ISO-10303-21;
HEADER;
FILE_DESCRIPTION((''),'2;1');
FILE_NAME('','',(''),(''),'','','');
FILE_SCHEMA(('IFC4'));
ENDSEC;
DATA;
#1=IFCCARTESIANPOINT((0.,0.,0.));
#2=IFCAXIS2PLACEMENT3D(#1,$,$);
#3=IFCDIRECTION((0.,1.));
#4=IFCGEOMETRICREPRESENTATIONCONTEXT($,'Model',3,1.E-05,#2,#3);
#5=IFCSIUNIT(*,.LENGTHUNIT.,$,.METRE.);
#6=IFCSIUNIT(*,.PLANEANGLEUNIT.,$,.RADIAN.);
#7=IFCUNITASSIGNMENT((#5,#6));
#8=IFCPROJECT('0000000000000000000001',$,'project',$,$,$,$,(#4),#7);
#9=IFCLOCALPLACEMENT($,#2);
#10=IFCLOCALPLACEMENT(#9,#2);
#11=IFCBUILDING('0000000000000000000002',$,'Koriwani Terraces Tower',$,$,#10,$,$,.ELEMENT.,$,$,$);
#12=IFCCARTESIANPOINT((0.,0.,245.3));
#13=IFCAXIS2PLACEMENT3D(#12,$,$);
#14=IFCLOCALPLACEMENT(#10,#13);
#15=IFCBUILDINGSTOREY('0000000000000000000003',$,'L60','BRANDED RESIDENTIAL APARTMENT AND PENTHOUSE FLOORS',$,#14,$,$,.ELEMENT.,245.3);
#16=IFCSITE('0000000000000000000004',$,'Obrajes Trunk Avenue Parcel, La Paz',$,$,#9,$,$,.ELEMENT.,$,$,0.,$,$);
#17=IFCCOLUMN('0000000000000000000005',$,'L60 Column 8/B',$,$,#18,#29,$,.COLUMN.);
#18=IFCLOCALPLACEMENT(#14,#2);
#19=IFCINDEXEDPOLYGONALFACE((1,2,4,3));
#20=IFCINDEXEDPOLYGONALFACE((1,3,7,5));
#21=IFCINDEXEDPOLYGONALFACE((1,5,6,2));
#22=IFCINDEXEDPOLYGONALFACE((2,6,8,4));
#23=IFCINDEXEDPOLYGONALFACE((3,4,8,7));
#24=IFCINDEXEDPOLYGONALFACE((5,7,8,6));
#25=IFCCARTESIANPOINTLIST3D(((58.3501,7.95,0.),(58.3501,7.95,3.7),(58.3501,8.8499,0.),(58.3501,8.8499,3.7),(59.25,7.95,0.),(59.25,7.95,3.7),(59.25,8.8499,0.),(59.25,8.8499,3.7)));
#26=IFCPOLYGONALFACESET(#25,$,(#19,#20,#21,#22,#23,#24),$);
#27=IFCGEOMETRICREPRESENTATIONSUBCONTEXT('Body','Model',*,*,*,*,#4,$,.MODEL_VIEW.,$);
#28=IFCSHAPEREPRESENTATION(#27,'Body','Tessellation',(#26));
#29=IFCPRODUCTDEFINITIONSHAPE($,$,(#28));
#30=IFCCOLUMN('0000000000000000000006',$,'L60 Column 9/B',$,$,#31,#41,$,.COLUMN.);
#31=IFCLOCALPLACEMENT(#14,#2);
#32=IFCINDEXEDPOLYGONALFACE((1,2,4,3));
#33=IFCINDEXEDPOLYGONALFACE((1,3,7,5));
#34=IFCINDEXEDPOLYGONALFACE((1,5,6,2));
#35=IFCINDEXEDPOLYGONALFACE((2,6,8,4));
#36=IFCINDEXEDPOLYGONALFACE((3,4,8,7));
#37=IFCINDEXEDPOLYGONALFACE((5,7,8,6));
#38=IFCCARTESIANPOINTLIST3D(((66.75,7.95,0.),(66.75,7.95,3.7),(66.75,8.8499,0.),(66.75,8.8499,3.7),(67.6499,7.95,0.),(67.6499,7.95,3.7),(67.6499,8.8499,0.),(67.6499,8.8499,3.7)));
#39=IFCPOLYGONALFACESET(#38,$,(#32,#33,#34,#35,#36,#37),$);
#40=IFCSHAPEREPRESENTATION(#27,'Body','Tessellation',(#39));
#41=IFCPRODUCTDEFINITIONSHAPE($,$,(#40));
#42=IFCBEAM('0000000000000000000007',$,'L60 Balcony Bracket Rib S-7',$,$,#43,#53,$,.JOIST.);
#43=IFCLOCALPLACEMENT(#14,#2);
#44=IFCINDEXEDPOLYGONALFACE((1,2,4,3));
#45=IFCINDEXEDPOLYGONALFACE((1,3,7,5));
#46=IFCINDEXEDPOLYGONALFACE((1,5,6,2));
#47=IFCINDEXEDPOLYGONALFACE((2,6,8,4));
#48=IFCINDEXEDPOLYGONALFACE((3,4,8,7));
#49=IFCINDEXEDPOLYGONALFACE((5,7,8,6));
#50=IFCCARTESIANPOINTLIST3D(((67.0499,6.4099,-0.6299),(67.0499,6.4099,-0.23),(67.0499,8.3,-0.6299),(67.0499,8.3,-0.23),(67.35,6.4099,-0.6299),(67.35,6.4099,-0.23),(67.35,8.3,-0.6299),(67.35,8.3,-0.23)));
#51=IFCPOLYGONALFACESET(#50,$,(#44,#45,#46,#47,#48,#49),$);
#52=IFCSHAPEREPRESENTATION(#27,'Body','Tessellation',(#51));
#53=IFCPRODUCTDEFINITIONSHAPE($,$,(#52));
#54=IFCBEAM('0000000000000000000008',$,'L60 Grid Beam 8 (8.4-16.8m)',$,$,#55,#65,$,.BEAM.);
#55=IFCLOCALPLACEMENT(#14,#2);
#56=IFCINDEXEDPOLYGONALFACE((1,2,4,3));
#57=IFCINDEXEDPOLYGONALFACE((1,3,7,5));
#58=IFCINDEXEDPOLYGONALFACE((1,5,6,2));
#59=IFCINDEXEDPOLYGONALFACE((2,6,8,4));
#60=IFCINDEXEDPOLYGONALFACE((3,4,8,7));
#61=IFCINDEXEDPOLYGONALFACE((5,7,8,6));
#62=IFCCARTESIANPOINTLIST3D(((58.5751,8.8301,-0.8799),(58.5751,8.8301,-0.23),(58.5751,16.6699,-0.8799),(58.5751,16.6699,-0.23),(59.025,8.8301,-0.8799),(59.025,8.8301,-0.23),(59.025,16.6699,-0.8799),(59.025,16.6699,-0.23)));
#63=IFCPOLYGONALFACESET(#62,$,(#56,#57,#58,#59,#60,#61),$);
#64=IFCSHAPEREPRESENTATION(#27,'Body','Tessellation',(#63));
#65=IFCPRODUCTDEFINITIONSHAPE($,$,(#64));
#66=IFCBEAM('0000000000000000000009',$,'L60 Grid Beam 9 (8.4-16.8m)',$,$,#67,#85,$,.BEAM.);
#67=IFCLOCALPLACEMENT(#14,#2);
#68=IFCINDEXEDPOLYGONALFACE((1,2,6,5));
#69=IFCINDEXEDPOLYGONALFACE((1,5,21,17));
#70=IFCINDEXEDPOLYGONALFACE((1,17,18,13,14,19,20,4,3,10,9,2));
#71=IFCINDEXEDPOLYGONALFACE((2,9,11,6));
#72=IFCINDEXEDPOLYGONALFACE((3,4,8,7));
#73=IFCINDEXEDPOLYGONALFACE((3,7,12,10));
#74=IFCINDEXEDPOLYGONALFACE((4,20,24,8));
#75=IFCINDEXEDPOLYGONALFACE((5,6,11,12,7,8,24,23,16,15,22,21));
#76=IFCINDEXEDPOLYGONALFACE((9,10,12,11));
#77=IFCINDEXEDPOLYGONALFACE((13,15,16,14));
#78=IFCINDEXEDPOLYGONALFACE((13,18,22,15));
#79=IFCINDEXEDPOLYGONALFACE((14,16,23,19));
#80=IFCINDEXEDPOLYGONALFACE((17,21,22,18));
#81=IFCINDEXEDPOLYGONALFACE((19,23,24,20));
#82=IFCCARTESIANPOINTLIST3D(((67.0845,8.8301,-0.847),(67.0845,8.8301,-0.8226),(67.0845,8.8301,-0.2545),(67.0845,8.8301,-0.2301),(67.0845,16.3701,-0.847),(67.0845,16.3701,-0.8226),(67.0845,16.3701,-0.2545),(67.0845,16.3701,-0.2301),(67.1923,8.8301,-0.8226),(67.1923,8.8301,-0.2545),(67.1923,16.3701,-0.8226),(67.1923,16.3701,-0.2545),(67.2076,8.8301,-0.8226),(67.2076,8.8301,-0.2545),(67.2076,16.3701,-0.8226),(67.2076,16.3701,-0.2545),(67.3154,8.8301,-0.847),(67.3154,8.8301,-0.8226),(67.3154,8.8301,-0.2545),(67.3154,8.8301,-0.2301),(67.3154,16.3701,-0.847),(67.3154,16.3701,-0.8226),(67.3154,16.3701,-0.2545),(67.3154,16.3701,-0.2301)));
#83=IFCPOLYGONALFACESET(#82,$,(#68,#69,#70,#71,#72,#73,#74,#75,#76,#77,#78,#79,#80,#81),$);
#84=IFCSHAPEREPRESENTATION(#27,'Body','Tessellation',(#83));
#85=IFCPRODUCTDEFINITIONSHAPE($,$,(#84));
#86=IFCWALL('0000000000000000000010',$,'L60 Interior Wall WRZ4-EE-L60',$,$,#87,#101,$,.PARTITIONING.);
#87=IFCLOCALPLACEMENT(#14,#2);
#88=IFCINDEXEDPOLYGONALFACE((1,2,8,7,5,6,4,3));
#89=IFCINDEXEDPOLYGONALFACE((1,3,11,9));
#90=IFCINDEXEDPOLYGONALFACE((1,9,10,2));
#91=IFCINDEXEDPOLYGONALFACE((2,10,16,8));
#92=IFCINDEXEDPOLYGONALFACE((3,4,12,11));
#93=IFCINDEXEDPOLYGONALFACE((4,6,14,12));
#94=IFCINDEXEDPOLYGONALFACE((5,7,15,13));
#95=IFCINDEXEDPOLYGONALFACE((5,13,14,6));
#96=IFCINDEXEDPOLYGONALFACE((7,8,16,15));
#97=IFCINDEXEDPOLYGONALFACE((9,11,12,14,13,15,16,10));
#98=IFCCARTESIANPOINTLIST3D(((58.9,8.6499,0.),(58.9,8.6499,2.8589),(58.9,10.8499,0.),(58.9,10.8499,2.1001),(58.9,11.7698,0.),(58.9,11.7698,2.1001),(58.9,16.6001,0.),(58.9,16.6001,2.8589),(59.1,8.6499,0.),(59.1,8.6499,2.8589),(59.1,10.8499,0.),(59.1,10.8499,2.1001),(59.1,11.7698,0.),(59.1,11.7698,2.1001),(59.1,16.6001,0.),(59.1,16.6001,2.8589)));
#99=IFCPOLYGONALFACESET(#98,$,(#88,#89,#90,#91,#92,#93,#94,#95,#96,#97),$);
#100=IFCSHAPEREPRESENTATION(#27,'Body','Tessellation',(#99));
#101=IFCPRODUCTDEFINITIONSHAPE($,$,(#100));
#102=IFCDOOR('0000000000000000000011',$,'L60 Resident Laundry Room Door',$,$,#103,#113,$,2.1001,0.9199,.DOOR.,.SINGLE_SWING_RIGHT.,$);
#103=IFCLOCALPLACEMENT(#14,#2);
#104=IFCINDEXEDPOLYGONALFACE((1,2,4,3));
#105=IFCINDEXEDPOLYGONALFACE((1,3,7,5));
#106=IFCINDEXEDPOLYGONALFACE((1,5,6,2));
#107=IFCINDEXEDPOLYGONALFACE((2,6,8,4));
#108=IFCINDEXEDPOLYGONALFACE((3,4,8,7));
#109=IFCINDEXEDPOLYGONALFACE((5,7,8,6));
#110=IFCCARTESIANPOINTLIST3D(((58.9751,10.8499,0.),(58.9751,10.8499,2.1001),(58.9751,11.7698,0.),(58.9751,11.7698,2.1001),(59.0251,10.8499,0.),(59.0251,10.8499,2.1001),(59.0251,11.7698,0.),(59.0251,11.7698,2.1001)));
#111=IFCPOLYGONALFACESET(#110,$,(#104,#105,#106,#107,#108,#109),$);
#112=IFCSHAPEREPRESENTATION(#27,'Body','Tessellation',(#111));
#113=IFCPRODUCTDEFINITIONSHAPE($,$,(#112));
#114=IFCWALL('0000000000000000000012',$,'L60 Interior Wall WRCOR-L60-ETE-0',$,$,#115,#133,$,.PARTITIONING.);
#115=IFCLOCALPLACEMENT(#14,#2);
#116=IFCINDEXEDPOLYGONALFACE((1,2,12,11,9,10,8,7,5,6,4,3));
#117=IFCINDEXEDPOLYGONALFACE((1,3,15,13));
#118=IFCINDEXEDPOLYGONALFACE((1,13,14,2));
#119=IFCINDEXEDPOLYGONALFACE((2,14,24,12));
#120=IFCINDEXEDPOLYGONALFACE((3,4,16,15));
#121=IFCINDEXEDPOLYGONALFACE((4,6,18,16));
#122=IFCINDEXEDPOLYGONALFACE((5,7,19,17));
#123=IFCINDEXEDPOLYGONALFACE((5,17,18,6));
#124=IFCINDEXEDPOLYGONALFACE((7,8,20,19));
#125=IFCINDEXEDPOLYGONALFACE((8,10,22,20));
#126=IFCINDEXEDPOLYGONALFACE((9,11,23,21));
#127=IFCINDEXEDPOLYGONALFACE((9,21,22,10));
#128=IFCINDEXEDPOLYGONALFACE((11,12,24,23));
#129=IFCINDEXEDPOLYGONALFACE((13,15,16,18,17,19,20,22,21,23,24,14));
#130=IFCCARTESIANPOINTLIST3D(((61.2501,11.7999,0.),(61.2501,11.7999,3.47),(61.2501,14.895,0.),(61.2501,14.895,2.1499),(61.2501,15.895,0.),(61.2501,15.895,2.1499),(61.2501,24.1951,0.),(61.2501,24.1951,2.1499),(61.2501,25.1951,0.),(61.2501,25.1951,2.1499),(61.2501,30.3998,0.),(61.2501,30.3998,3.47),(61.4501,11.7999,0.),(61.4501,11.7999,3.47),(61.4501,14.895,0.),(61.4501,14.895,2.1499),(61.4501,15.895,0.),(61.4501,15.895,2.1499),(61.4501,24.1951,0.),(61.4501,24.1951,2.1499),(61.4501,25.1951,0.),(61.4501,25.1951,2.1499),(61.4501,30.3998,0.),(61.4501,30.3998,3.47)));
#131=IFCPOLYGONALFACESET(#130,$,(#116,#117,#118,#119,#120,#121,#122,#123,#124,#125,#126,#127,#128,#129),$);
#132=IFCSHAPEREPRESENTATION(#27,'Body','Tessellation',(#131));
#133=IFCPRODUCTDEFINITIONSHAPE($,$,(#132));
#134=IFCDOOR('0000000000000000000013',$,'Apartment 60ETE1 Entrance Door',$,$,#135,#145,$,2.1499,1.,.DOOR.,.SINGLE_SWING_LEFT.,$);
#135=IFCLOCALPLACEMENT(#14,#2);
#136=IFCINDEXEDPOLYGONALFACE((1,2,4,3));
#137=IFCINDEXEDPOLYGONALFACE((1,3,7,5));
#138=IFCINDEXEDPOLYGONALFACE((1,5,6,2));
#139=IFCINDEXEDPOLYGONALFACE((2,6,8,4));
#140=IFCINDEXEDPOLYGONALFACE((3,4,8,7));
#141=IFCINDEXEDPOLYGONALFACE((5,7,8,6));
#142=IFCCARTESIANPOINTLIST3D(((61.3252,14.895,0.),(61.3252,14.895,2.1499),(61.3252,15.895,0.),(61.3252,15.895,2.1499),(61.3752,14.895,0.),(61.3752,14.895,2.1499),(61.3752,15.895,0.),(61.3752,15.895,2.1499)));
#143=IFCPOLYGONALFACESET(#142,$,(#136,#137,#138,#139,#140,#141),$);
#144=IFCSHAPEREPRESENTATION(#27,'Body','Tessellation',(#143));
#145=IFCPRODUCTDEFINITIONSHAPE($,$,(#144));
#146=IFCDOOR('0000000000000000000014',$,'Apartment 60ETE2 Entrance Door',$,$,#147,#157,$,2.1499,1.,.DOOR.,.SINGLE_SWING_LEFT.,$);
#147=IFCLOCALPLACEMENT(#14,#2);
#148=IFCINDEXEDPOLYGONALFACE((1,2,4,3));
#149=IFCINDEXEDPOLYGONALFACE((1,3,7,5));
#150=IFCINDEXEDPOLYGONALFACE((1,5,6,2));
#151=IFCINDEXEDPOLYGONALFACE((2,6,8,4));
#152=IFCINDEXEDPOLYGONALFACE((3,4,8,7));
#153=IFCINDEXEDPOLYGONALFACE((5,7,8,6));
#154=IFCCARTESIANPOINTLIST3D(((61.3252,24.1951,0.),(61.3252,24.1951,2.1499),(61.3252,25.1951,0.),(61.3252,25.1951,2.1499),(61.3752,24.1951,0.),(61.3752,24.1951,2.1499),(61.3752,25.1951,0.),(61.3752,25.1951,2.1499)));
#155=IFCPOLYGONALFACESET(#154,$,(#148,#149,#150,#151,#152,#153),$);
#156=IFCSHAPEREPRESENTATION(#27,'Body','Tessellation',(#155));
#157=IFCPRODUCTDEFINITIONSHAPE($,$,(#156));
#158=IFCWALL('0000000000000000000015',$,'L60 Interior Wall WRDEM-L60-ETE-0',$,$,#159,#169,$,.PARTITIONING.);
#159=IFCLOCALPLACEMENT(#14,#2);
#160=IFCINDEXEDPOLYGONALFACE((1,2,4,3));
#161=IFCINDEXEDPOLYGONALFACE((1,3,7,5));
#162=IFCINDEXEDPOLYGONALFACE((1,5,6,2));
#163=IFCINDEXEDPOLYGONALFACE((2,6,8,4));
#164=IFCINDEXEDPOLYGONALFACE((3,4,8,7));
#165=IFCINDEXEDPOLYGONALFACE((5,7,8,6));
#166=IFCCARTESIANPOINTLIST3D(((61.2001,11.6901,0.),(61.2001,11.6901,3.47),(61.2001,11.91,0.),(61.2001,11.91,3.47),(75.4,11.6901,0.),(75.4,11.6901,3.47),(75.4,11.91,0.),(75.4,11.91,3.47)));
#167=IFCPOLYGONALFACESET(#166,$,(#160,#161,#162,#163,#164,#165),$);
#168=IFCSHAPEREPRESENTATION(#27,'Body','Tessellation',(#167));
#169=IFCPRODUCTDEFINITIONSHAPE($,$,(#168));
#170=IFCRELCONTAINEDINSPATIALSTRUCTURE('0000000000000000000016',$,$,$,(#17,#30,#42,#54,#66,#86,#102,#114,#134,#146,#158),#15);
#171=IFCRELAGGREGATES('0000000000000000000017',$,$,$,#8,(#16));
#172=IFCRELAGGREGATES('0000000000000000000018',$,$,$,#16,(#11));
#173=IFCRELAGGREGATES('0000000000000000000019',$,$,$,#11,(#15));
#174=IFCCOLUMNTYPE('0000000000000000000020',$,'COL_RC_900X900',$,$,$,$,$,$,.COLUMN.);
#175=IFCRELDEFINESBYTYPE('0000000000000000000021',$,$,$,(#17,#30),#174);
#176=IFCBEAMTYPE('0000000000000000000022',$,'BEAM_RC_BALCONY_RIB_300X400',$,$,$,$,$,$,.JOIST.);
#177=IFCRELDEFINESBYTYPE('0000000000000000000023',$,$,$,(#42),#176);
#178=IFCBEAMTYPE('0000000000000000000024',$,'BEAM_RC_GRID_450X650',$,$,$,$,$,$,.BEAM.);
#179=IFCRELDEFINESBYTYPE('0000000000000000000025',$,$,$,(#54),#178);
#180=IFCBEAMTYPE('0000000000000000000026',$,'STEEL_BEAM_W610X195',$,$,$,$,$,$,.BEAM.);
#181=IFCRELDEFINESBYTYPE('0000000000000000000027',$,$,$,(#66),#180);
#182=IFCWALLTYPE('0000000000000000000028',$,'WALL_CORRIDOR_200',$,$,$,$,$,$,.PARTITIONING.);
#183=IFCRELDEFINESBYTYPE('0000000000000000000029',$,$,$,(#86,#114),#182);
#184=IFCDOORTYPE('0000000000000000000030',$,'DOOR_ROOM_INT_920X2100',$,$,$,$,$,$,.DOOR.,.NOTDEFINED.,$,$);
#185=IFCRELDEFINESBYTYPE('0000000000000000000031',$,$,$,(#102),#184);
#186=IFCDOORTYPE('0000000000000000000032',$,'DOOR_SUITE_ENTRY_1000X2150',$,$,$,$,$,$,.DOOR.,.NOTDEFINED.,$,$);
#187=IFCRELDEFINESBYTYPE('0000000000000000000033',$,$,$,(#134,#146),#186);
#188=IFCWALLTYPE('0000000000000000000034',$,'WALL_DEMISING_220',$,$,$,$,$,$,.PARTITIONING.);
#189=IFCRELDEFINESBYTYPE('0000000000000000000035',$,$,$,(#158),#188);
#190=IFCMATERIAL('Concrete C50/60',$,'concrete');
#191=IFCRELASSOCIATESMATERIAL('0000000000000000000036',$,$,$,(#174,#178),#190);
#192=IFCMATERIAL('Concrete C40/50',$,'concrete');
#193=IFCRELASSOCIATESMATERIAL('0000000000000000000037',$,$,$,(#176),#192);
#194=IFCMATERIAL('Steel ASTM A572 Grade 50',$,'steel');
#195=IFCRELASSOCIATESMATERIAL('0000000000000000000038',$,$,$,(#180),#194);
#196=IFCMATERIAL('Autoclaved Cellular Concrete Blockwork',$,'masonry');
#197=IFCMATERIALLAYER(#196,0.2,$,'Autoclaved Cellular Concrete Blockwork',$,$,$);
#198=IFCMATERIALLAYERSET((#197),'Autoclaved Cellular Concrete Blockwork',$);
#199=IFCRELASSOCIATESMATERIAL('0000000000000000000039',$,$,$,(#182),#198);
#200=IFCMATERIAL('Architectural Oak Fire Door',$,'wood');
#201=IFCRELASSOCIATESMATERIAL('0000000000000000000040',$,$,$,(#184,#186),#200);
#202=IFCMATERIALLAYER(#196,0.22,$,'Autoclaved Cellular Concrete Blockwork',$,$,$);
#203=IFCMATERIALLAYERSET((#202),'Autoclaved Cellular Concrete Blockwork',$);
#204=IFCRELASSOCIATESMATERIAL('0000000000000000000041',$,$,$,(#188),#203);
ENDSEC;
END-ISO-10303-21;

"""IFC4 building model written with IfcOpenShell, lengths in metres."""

from ifc_helpers import new_model, si_unit, direction, frame, frame_2d, origin, origin_2d, place, context, subcontext, project, spatial, rectangle, i_section, extrude, material, layer, layer_set, material_profile, profile_set, type_object, element, fill, save


model = new_model("IFC4")

# Units and contexts
model_context = context("Model", 3, precision=1e-05, world=origin(), true_north=direction((0.0, 1.0)))
body_context = subcontext(model_context, "Body", "Model", "MODEL_VIEW")
ifc_project = project(units=[si_unit("LENGTHUNIT", "METRE"), si_unit("PLANEANGLEUNIT", "RADIAN")], contexts=[model_context])

# Site, building, storey
site_placement = place(None, origin())
site = spatial("IfcSite", under=ifc_project, at=site_placement, Name="Obrajes Trunk Avenue Parcel, La Paz", CompositionType="ELEMENT", RefElevation=0.0)
building_placement = place(site_placement, origin())
building = spatial("IfcBuilding", under=site, at=building_placement, Name="Koriwani Terraces Tower", CompositionType="ELEMENT")
storey_placement = place(building_placement, frame((0.0, 0.0, 245.3)))
storey = spatial("IfcBuildingStorey", under=building, at=storey_placement, Name="L60", Description="BRANDED RESIDENTIAL APARTMENT AND PENTHOUSE FLOORS", CompositionType="ELEMENT", Elevation=245.3)

# Columns
ifc_material_1 = material(Name="Concrete C50/60", Category="concrete")
ifc_material_profile_1 = material_profile(ifc_material_1, rectangle(XDim=0.8999, YDim=0.8999, at=origin_2d()), Name="Concrete C50/60", Category="LoadBearing")
ifc_profile_set_1 = profile_set([ifc_material_profile_1], Name="Concrete C50/60")
column_type = type_object("IfcColumnType", Name="COL_RC_900X900", PredefinedType="COLUMN", material=ifc_profile_set_1)
for number, where, z_axis, x_axis, name in (
    (1, (58.8, 8.3999, 0.0), (0.0, 0.0, 1.0), (1.0, 0.0, 0.0), "L60 Column 8/B"),
    (2, (67.2, 8.3999, 0.0), (0.0, 0.0, 1.0), (1.0, 0.0, 0.0), "L60 Column 9/B"),
):
    element("IfcColumn", number, at=place(storey_placement, frame(where, z_axis=z_axis, x_axis=x_axis)), inside=storey, type_object=column_type, Name=name, PredefinedType="COLUMN", context=body_context, shape_type="SweptSolid", body=[
        extrude(rectangle(XDim=0.8999, YDim=0.8999, at=origin_2d()), origin(), (0.0, 0.0, 1.0), 3.7),
    ])

# Beams
ifc_material_2 = material(Name="Concrete C40/50", Category="concrete")
ifc_material_profile_2 = material_profile(ifc_material_2, rectangle(XDim=0.3, YDim=0.3999, at=origin_2d()), Name="Concrete C40/50", Category="LoadBearing")
ifc_profile_set_2 = profile_set([ifc_material_profile_2], Name="Concrete C40/50")
beam_type_1 = type_object("IfcBeamType", Name="BEAM_RC_BALCONY_RIB_300X400", PredefinedType="JOIST", material=ifc_profile_set_2)
beam_1_placement = place(storey_placement, frame((67.2, 6.4099, -0.4299), z_axis=(0.0, 1.0, 0.0), x_axis=(-1.0, 0.0, 0.0)))
element("IfcBeam", 3, at=beam_1_placement, inside=storey, type_object=beam_type_1, Name="L60 Balcony Bracket Rib S-7", PredefinedType="JOIST", context=body_context, shape_type="SweptSolid", body=[
    extrude(rectangle(XDim=0.3, YDim=0.3999, at=origin_2d()), origin(), (0.0, 0.0, 1.0), 1.8901),
])
ifc_material_profile_3 = material_profile(ifc_material_1, rectangle(XDim=0.45, YDim=0.6499, at=origin_2d()), Name="Concrete C50/60", Category="LoadBearing")
ifc_profile_set_3 = profile_set([ifc_material_profile_3], Name="Concrete C50/60")
beam_type_2 = type_object("IfcBeamType", Name="BEAM_RC_GRID_450X650", PredefinedType="BEAM", material=ifc_profile_set_3)
beam_2_placement = place(storey_placement, frame((58.8, 8.8301, -0.5549), z_axis=(0.0, 1.0, 0.0), x_axis=(-1.0, 0.0, 0.0)))
element("IfcBeam", 4, at=beam_2_placement, inside=storey, type_object=beam_type_2, Name="L60 Grid Beam 8 (8.4-16.8m)", PredefinedType="BEAM", context=body_context, shape_type="SweptSolid", body=[
    extrude(rectangle(XDim=0.45, YDim=0.6499, at=origin_2d()), origin(), (0.0, 0.0, 1.0), 7.8398),
])
ifc_material_3 = material(Name="Steel ASTM A572 Grade 50", Category="steel")
ifc_material_profile_4 = material_profile(ifc_material_3, i_section(OverallWidth=0.231, OverallDepth=0.6169, WebThickness=0.0154, FlangeThickness=0.0244, at=origin_2d()), Name="Steel ASTM A572 Grade 50", Category="LoadBearing")
ifc_profile_set_4 = profile_set([ifc_material_profile_4], Name="Steel ASTM A572 Grade 50")
beam_type_3 = type_object("IfcBeamType", Name="STEEL_BEAM_W610X195", PredefinedType="BEAM", material=ifc_profile_set_4)
beam_3_placement = place(storey_placement, frame((67.2, 8.8301, -0.5386), z_axis=(0.0, 1.0, 0.0), x_axis=(-1.0, 0.0, 0.0)))
element("IfcBeam", 5, at=beam_3_placement, inside=storey, type_object=beam_type_3, Name="L60 Grid Beam 9 (8.4-16.8m)", PredefinedType="BEAM", context=body_context, shape_type="SweptSolid", body=[
    extrude(i_section(OverallWidth=0.231, OverallDepth=0.6169, WebThickness=0.0154, FlangeThickness=0.0244, at=origin_2d()), origin(), (0.0, 0.0, 1.0), 7.54),
])

# Wall, opening, door
ifc_material_4 = material(Name="Autoclaved Cellular Concrete Blockwork", Category="masonry")
ifc_layer_1 = layer(ifc_material_4, 0.2, Name="Autoclaved Cellular Concrete Blockwork")
ifc_layer_set_1 = layer_set([ifc_layer_1], Name="Autoclaved Cellular Concrete Blockwork")
wall_type_1 = type_object("IfcWallType", Name="WALL_CORRIDOR_200", PredefinedType="PARTITIONING", material=ifc_layer_set_1)
wall_1_placement = place(storey_placement, frame((59.0, 8.6499, 0.0), z_axis=(0.0, 0.0, 1.0), x_axis=(0.0, 1.0, 0.0)))
wall_1 = element("IfcWall", 6, at=wall_1_placement, inside=storey, type_object=wall_type_1, Name="L60 Interior Wall WRZ4-EE-L60", PredefinedType="PARTITIONING", context=body_context, shape_type="SweptSolid", body=[
    extrude(rectangle(XDim=7.9502, YDim=0.2, at=frame_2d((3.9751, 0.0))), origin(), (0.0, 0.0, 1.0), 2.8589),
])
opening_1_placement = place(wall_1_placement, frame((2.2, 0.0, 0.0)))
opening_1 = element("IfcOpeningElement", 7, at=opening_1_placement, cuts=wall_1, PredefinedType="OPENING", context=body_context, shape_type="SweptSolid", body=[
    extrude(rectangle(XDim=0.9199, YDim=2.1001, at=frame_2d((0.46, 1.05))), frame((0.0, 0.1099, 0.0), z_axis=(0.0, -1.0, 0.0), x_axis=(1.0, 0.0, 0.0)), (0.0, 0.0, 1.0), 0.22),
])
ifc_material_5 = material(Name="Architectural Oak Fire Door", Category="wood")
door_type_1 = type_object("IfcDoorType", Name="DOOR_ROOM_INT_920X2100", OperationType="NOTDEFINED", PredefinedType="DOOR", material=ifc_material_5)
door_1_placement = place(opening_1_placement, origin())
door_1 = element("IfcDoor", 8, at=door_1_placement, inside=storey, type_object=door_type_1, Name="L60 Resident Laundry Room Door", OperationType="SINGLE_SWING_RIGHT", OverallHeight=2.1001, OverallWidth=0.9199, PredefinedType="DOOR", context=body_context, shape_type="SweptSolid", body=[
    extrude(rectangle(XDim=0.9199, YDim=2.1001, at=frame_2d((0.46, 1.05))), frame((0.0, 0.0249, 0.0), z_axis=(0.0, -1.0, 0.0), x_axis=(1.0, 0.0, 0.0)), (0.0, 0.0, 1.0), 0.05),
])
fill(opening_1, door_1)

# Wall, openings, doors
wall_2_placement = place(storey_placement, frame((61.3501, 11.8, 0.0), z_axis=(0.0, 0.0, 1.0), x_axis=(0.0, 1.0, 0.0)))
wall_2 = element("IfcWall", 9, at=wall_2_placement, inside=storey, type_object=wall_type_1, Name="L60 Interior Wall WRCOR-L60-ETE-0", PredefinedType="PARTITIONING", context=body_context, shape_type="SweptSolid", body=[
    extrude(rectangle(XDim=18.5999, YDim=0.2, at=frame_2d((9.2998, 0.0))), origin(), (0.0, 0.0, 1.0), 3.47),
])
opening_2_placement = place(wall_2_placement, frame((3.095, 0.0, 0.0)))
opening_2 = element("IfcOpeningElement", 10, at=opening_2_placement, cuts=wall_2, PredefinedType="OPENING", context=body_context, shape_type="SweptSolid", body=[
    extrude(rectangle(XDim=1.0, YDim=2.1499, at=frame_2d((0.5, 1.075))), frame((0.0, 0.1099, 0.0), z_axis=(0.0, -1.0, 0.0), x_axis=(1.0, 0.0, 0.0)), (0.0, 0.0, 1.0), 0.22),
])
opening_3_placement = place(wall_2_placement, frame((12.395, 0.0, 0.0)))
opening_3 = element("IfcOpeningElement", 11, at=opening_3_placement, cuts=wall_2, PredefinedType="OPENING", context=body_context, shape_type="SweptSolid", body=[
    extrude(rectangle(XDim=1.0, YDim=2.1499, at=frame_2d((0.5, 1.075))), frame((0.0, 0.1099, 0.0), z_axis=(0.0, -1.0, 0.0), x_axis=(1.0, 0.0, 0.0)), (0.0, 0.0, 1.0), 0.22),
])
door_type_2 = type_object("IfcDoorType", Name="DOOR_SUITE_ENTRY_1000X2150", OperationType="NOTDEFINED", PredefinedType="DOOR", material=ifc_material_5)
door_2_placement = place(opening_2_placement, origin())
door_2 = element("IfcDoor", 12, at=door_2_placement, inside=storey, type_object=door_type_2, Name="Apartment 60ETE1 Entrance Door", OperationType="SINGLE_SWING_LEFT", OverallHeight=2.1499, OverallWidth=1.0, PredefinedType="DOOR", context=body_context, shape_type="SweptSolid", body=[
    extrude(rectangle(XDim=1.0, YDim=2.1499, at=frame_2d((0.5, 1.075))), frame((0.0, 0.0249, 0.0), z_axis=(0.0, -1.0, 0.0), x_axis=(1.0, 0.0, 0.0)), (0.0, 0.0, 1.0), 0.05),
])
fill(opening_2, door_2)
door_3_placement = place(opening_3_placement, origin())
door_3 = element("IfcDoor", 13, at=door_3_placement, inside=storey, type_object=door_type_2, Name="Apartment 60ETE2 Entrance Door", OperationType="SINGLE_SWING_LEFT", OverallHeight=2.1499, OverallWidth=1.0, PredefinedType="DOOR", context=body_context, shape_type="SweptSolid", body=[
    extrude(rectangle(XDim=1.0, YDim=2.1499, at=frame_2d((0.5, 1.075))), frame((0.0, 0.0249, 0.0), z_axis=(0.0, -1.0, 0.0), x_axis=(1.0, 0.0, 0.0)), (0.0, 0.0, 1.0), 0.05),
])
fill(opening_3, door_3)

# Wall
ifc_layer_2 = layer(ifc_material_4, 0.22, Name="Autoclaved Cellular Concrete Blockwork")
ifc_layer_set_2 = layer_set([ifc_layer_2], Name="Autoclaved Cellular Concrete Blockwork")
wall_type_2 = type_object("IfcWallType", Name="WALL_DEMISING_220", PredefinedType="PARTITIONING", material=ifc_layer_set_2)
wall_3_placement = place(storey_placement, frame((61.2, 11.8, 0.0), z_axis=(0.0, 0.0, 1.0), x_axis=(1.0, 0.0, 0.0)))
element("IfcWall", 14, at=wall_3_placement, inside=storey, type_object=wall_type_2, Name="L60 Interior Wall WRDEM-L60-ETE-0", PredefinedType="PARTITIONING", context=body_context, shape_type="SweptSolid", body=[
    extrude(rectangle(XDim=14.2, YDim=0.22, at=frame_2d((7.1001, 0.0))), origin(), (0.0, 0.0, 1.0), 3.47),
])

save(model, "model.ifc")
